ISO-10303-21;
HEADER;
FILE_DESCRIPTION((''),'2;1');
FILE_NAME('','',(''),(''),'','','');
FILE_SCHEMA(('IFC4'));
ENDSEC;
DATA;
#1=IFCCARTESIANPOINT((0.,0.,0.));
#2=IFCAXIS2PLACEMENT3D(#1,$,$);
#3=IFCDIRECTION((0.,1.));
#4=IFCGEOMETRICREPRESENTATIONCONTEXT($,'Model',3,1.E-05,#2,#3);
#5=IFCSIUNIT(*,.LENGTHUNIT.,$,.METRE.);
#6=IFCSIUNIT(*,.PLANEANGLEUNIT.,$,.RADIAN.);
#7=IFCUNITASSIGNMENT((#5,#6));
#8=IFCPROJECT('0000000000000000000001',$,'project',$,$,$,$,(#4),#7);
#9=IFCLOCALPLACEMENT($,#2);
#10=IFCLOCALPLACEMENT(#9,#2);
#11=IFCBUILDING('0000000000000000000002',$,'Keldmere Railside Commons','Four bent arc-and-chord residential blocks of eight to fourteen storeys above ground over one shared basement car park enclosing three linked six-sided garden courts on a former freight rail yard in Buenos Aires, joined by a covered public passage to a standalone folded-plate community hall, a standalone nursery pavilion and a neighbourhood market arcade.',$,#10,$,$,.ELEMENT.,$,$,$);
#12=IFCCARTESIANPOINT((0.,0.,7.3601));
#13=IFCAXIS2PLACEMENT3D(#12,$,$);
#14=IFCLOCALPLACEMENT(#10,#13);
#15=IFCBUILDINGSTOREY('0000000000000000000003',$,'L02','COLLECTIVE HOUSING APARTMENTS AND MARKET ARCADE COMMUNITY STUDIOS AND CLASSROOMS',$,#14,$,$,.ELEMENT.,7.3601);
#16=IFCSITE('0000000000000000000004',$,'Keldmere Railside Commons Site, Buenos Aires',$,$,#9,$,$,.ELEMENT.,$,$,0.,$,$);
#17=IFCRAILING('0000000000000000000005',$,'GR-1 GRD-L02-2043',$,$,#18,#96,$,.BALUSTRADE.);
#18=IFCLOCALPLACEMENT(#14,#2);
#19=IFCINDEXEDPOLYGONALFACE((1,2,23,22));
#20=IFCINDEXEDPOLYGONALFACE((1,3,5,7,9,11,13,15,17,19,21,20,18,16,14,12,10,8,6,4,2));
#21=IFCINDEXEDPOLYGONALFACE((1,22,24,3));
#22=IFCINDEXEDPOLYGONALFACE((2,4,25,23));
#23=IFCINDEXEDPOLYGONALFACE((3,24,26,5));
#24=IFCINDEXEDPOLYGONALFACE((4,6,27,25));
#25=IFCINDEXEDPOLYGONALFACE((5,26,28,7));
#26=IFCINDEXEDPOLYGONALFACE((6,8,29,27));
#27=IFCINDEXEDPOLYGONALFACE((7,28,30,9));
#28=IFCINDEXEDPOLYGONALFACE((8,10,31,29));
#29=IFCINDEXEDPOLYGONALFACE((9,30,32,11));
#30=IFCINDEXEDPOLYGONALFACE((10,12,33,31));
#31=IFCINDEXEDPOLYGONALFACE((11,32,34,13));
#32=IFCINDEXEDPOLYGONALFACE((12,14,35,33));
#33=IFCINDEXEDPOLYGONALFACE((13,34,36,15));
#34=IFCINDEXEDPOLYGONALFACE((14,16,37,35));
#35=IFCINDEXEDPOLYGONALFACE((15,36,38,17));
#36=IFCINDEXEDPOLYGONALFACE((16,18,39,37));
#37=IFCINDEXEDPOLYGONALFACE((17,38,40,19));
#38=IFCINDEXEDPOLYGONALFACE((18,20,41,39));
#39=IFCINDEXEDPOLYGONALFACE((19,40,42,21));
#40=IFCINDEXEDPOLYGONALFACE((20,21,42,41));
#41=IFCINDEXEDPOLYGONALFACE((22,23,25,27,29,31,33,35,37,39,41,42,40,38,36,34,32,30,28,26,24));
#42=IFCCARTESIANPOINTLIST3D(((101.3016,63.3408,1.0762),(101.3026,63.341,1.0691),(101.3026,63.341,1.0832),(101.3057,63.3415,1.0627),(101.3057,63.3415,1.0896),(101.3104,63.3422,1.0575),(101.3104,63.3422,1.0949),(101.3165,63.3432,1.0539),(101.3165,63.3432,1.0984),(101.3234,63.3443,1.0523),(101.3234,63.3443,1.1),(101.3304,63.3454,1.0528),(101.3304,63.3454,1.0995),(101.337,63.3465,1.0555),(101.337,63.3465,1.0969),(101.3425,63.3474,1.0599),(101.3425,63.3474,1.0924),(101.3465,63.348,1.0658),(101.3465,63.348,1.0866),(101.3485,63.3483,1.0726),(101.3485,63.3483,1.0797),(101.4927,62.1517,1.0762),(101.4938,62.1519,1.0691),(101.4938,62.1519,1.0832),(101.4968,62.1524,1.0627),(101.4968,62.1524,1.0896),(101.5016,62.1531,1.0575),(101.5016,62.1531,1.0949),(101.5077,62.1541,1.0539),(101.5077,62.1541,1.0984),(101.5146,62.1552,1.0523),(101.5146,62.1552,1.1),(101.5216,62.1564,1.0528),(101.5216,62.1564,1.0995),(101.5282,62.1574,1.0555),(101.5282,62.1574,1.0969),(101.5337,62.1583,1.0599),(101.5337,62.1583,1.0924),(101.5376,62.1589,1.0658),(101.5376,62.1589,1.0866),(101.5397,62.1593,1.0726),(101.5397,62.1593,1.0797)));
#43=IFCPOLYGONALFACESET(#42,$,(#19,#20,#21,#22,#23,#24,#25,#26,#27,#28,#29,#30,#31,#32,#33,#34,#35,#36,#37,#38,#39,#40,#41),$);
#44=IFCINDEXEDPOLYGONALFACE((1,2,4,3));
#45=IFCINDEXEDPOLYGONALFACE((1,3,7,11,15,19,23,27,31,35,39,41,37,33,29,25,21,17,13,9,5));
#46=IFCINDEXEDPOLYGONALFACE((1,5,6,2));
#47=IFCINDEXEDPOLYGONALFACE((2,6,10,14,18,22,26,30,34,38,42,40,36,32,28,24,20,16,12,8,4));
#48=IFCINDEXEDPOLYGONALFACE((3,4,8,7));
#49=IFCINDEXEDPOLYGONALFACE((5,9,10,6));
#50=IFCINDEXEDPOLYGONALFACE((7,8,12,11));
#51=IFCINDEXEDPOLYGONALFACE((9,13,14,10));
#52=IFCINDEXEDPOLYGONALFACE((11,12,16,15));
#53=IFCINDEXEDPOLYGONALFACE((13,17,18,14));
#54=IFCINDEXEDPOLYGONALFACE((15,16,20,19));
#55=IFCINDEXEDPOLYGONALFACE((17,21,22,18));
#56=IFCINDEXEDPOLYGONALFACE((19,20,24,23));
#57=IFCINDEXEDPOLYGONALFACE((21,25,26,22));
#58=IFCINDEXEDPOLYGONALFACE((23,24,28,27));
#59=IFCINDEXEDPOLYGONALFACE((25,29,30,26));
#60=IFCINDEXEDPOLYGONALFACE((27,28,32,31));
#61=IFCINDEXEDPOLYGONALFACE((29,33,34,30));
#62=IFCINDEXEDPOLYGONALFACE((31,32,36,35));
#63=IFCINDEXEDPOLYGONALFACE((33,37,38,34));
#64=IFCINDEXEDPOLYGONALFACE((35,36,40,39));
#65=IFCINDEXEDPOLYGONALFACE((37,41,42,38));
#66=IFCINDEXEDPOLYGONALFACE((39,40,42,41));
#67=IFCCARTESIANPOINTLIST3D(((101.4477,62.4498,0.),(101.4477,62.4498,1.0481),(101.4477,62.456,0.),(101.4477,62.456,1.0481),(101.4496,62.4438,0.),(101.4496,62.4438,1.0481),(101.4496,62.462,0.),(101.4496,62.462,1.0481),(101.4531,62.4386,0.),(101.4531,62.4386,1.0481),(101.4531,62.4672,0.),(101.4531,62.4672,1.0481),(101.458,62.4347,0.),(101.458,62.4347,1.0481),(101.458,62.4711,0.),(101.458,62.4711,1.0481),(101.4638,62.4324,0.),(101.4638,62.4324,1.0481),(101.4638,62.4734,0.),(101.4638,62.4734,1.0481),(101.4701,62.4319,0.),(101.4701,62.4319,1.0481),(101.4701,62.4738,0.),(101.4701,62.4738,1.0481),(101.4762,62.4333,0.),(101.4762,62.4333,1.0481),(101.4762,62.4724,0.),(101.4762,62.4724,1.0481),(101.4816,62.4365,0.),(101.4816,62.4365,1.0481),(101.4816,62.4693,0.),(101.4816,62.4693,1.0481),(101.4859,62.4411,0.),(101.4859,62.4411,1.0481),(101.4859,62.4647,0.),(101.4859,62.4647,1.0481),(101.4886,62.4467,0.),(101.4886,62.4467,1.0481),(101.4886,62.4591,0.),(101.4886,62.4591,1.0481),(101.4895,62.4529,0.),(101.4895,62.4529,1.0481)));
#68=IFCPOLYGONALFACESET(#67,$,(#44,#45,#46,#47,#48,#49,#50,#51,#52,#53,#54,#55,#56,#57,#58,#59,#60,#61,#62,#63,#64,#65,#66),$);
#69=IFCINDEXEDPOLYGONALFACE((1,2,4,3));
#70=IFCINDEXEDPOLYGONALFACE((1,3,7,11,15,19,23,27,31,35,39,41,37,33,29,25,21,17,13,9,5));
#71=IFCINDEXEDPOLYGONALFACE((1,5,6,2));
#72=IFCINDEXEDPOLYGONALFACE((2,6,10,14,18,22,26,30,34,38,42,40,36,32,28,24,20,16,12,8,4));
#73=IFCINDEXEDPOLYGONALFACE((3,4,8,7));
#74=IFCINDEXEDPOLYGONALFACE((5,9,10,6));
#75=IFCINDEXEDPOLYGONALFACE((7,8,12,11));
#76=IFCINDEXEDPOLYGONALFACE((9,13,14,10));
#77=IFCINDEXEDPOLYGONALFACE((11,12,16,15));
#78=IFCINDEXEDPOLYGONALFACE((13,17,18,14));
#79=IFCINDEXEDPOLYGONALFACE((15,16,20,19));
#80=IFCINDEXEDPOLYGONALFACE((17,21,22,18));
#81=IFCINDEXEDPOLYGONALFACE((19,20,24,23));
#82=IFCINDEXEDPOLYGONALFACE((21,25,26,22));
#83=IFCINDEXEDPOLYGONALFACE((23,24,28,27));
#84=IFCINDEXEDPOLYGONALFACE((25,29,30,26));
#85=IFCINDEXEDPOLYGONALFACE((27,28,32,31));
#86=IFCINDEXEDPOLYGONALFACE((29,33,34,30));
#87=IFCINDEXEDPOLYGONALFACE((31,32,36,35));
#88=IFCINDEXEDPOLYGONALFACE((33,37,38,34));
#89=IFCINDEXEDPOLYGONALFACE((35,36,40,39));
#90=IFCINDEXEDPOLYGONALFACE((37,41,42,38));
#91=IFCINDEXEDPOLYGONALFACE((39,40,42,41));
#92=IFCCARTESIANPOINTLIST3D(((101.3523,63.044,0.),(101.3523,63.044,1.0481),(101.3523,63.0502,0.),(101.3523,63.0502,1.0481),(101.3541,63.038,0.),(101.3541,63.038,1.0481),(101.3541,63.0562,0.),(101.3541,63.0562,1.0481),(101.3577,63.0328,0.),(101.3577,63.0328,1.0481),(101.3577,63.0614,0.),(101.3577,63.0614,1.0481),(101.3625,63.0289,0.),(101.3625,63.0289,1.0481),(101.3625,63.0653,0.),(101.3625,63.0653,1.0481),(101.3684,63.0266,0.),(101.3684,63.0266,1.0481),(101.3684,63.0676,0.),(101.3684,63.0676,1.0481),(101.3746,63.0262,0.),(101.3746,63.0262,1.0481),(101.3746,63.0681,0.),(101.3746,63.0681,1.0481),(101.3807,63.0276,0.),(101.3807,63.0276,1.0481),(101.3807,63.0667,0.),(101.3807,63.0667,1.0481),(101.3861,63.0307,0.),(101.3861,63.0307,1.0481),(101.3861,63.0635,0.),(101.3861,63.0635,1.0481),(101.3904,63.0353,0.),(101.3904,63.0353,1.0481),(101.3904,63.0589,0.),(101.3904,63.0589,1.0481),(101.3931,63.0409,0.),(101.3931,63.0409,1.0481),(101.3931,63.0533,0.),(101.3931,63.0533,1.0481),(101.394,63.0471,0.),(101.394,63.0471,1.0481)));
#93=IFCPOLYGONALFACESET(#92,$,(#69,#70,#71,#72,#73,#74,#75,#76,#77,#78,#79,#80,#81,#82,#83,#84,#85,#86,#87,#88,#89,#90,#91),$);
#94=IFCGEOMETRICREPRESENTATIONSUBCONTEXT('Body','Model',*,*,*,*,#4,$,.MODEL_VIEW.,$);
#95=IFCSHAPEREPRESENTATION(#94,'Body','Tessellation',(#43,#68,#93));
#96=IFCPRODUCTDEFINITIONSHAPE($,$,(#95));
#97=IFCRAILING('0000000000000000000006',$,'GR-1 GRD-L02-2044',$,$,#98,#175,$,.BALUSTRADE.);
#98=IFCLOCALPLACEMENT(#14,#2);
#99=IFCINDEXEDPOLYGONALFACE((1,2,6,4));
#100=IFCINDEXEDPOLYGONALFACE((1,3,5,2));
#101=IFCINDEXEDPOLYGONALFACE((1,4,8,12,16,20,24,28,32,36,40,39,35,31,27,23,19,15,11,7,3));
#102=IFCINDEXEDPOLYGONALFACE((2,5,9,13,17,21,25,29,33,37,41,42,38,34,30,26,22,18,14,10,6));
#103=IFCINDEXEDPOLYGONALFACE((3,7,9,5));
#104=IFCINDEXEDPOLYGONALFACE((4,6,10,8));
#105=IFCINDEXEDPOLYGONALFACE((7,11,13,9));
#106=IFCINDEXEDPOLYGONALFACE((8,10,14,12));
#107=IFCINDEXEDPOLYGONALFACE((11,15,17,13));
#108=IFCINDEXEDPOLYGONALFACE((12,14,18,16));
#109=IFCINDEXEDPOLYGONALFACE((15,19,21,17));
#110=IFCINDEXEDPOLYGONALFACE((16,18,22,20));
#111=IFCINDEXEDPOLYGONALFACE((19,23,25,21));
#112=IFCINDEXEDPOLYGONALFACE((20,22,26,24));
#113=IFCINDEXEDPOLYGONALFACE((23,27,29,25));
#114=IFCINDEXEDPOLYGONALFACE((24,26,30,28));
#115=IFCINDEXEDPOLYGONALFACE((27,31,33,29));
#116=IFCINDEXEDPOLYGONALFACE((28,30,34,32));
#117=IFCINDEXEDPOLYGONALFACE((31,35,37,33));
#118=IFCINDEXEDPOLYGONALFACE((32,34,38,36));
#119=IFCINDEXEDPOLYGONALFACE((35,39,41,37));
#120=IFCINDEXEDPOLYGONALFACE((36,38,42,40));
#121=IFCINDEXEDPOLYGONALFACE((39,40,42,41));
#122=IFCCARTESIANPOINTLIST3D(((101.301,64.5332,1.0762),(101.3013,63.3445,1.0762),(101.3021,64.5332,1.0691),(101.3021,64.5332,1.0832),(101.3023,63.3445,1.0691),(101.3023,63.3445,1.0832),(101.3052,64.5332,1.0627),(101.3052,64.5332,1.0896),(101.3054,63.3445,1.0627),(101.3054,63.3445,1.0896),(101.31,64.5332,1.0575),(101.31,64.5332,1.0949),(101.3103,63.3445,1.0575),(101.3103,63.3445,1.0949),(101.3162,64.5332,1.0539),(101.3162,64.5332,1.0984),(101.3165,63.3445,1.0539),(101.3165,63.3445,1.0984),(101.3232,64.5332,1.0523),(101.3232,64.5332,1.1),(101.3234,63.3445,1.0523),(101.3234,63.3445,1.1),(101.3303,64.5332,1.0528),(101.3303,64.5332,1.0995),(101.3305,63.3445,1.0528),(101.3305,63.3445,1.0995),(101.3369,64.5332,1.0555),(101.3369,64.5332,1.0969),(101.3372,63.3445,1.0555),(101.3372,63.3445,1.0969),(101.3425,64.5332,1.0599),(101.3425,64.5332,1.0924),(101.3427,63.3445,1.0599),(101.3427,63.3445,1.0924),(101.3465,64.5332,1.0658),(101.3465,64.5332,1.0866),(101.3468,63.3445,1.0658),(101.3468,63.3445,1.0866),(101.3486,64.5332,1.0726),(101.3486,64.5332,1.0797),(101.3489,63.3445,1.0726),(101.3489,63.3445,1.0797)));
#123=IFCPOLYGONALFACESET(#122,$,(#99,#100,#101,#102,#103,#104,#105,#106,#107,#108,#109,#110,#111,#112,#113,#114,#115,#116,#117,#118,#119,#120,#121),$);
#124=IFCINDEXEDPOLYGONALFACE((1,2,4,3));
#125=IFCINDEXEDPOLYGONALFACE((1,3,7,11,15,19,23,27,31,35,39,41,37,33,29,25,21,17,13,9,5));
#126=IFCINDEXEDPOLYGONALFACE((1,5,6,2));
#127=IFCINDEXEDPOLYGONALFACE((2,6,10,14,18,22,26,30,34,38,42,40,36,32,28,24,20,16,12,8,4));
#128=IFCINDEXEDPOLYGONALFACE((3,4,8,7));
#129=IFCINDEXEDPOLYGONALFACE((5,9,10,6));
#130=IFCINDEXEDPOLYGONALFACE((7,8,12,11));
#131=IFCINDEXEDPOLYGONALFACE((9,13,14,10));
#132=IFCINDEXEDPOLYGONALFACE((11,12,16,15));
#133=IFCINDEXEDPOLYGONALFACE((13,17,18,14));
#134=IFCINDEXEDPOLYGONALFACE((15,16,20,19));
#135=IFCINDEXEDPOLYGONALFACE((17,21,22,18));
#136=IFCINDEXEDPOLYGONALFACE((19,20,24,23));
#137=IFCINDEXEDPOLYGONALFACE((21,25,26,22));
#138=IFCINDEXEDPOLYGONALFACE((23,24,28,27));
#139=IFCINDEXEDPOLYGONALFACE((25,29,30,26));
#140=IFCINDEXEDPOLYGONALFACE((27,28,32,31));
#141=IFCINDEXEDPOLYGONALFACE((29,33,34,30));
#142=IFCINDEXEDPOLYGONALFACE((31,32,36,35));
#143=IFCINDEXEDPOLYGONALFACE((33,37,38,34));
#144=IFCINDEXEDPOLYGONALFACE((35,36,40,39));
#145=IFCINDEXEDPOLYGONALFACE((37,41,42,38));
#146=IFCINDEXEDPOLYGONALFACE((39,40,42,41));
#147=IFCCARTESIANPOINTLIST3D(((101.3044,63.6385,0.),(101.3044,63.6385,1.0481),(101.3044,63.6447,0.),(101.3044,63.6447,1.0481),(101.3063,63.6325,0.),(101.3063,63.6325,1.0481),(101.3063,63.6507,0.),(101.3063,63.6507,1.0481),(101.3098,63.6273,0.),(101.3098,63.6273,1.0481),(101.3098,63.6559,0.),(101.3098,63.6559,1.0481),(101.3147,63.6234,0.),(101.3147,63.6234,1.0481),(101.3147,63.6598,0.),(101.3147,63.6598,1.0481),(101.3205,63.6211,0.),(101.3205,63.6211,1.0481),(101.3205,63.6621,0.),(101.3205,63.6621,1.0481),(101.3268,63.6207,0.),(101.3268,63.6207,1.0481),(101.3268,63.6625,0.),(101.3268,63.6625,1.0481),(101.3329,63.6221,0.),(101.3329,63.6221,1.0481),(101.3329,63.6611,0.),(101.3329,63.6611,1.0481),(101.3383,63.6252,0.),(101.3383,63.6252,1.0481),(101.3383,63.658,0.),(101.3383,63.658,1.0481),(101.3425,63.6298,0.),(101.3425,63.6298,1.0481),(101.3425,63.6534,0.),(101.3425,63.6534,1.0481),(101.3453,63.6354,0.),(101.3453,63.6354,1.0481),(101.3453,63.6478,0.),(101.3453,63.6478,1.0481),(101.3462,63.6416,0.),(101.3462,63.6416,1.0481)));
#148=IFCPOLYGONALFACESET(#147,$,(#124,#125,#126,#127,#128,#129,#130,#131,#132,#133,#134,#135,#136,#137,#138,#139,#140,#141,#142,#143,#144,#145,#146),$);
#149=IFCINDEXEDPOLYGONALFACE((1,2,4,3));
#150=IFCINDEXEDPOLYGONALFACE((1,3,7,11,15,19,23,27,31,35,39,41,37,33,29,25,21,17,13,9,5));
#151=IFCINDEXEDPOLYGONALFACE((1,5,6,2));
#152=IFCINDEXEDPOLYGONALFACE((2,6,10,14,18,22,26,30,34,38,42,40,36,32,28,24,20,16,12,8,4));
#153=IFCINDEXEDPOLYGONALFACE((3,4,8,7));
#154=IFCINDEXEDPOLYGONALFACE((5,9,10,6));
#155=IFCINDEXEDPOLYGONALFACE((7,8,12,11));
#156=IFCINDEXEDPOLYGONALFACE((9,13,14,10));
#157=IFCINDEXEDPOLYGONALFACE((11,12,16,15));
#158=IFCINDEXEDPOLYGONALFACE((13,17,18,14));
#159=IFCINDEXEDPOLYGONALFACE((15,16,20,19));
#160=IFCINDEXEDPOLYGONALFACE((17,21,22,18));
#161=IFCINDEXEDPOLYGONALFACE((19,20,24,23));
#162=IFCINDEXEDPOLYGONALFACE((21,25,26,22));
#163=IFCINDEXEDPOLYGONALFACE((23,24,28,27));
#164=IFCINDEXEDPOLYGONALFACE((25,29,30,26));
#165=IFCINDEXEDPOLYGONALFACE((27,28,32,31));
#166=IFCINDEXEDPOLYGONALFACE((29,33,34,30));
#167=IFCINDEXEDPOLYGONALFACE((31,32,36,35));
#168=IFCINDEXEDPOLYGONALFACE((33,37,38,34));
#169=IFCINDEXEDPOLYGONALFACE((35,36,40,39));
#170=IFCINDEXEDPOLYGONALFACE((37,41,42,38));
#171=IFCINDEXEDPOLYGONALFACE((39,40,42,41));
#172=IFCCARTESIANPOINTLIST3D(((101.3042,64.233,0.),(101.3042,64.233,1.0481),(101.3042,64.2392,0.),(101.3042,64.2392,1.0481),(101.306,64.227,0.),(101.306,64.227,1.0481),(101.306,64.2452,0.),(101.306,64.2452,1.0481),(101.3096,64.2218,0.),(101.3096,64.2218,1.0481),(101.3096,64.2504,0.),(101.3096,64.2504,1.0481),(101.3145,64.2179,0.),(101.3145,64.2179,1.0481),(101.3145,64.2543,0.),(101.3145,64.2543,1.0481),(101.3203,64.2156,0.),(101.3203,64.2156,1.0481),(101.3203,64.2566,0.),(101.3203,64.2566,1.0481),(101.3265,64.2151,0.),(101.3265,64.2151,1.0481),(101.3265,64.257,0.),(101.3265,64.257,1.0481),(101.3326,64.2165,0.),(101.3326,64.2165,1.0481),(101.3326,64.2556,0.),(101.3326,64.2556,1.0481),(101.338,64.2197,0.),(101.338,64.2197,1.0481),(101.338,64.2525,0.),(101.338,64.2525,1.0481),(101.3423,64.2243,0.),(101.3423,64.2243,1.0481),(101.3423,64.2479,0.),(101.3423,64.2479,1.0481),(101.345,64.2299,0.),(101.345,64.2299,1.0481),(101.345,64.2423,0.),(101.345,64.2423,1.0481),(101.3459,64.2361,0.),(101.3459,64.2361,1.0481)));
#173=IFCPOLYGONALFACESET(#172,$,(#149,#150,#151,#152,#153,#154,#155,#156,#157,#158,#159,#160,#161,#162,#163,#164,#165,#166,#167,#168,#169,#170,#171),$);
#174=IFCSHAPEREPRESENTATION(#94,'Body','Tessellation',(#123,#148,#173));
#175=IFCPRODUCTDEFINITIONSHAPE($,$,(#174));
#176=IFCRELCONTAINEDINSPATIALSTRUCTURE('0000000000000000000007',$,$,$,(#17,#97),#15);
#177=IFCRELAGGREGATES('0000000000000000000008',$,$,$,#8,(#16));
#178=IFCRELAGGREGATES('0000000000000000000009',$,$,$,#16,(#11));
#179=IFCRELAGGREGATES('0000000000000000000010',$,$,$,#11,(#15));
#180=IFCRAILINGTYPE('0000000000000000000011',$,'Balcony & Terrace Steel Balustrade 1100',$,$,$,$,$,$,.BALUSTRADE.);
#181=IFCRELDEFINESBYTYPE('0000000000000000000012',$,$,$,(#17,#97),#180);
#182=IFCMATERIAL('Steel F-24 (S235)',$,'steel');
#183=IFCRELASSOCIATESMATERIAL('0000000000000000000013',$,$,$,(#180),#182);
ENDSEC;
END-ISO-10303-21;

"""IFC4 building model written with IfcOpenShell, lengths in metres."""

from ifc_helpers import new_model, si_unit, direction, frame, origin, origin_2d, place, context, subcontext, project, spatial, circle, extrude, material, type_object, element, save


model = new_model("IFC4")

# Units and contexts
model_context = context("Model", 3, precision=1e-05, world=origin(), true_north=direction((0.0, 1.0)))
body_context = subcontext(model_context, "Body", "Model", "MODEL_VIEW")
ifc_project = project(units=[si_unit("LENGTHUNIT", "METRE"), si_unit("PLANEANGLEUNIT", "RADIAN")], contexts=[model_context])

# Site, building, storey
site_placement = place(None, origin())
site = spatial("IfcSite", under=ifc_project, at=site_placement, Name="Keldmere Railside Commons Site, Buenos Aires", CompositionType="ELEMENT", RefElevation=0.0)
building_placement = place(site_placement, origin())
building = spatial("IfcBuilding", under=site, at=building_placement, Name="Keldmere Railside Commons", Description="Four bent arc-and-chord residential blocks of eight to fourteen storeys above ground over one shared basement car park enclosing three linked six-sided garden courts on a former freight rail yard in Buenos Aires, joined by a covered public passage to a standalone folded-plate community hall, a standalone nursery pavilion and a neighbourhood market arcade.", CompositionType="ELEMENT")
storey_placement = place(building_placement, frame((0.0, 0.0, 7.3601)))
storey = spatial("IfcBuildingStorey", under=building, at=storey_placement, Name="L02", Description="COLLECTIVE HOUSING APARTMENTS AND MARKET ARCADE COMMUNITY STUDIOS AND CLASSROOMS", CompositionType="ELEMENT", Elevation=7.3601)

# Railings
ifc_material_1 = material(Name="Steel F-24 (S235)", Category="steel")
railing_type_1 = type_object("IfcRailingType", Name="Balcony & Terrace Steel Balustrade 1100", PredefinedType="BALUSTRADE", material=ifc_material_1)
railing_1_placement = place(storey_placement, frame((101.5164, 62.1555, 0.0)))
element("IfcRailing", 1, at=railing_1_placement, inside=storey, type_object=railing_type_1, Name="GR-1 GRD-L02-2043", PredefinedType="BALUSTRADE", context=body_context, shape_type="SweptSolid", body=[
    extrude(circle(Radius=0.0239, at=origin_2d()), frame((0.0, 0.0, 1.0762), z_axis=(-0.158742, 0.98732, 0.0), x_axis=(-0.98732, -0.158742, 0.0)), (0.0, 0.0, 1.0), 1.2043),
    extrude(circle(Radius=0.021, at=origin_2d()), frame((-0.0479, 0.2974, 0.0)), (0.0, 0.0, 1.0), 1.0481),
    extrude(circle(Radius=0.021, at=origin_2d()), frame((-0.1433, 0.8916, 0.0)), (0.0, 0.0, 1.0), 1.0481),
])
railing_2_placement = place(storey_placement, frame((101.3252, 63.3445, 0.0)))
element("IfcRailing", 2, at=railing_2_placement, inside=storey, type_object=railing_type_1, Name="GR-1 GRD-L02-2044", PredefinedType="BALUSTRADE", context=body_context, shape_type="SweptSolid", body=[
    extrude(circle(Radius=0.0239, at=origin_2d()), frame((0.0, 0.0, 1.0762), z_axis=(-0.000205, 1.0, 0.0), x_axis=(-1.0, -0.000205, 0.0)), (0.0, 0.0, 1.0), 1.1887),
    extrude(circle(Radius=0.021, at=origin_2d()), frame((0.0, 0.2971, 0.0)), (0.0, 0.0, 1.0), 1.0481),
    extrude(circle(Radius=0.021, at=origin_2d()), frame((-0.0002, 0.8916, 0.0)), (0.0, 0.0, 1.0), 1.0481),
])

save(model, "model.ifc")
